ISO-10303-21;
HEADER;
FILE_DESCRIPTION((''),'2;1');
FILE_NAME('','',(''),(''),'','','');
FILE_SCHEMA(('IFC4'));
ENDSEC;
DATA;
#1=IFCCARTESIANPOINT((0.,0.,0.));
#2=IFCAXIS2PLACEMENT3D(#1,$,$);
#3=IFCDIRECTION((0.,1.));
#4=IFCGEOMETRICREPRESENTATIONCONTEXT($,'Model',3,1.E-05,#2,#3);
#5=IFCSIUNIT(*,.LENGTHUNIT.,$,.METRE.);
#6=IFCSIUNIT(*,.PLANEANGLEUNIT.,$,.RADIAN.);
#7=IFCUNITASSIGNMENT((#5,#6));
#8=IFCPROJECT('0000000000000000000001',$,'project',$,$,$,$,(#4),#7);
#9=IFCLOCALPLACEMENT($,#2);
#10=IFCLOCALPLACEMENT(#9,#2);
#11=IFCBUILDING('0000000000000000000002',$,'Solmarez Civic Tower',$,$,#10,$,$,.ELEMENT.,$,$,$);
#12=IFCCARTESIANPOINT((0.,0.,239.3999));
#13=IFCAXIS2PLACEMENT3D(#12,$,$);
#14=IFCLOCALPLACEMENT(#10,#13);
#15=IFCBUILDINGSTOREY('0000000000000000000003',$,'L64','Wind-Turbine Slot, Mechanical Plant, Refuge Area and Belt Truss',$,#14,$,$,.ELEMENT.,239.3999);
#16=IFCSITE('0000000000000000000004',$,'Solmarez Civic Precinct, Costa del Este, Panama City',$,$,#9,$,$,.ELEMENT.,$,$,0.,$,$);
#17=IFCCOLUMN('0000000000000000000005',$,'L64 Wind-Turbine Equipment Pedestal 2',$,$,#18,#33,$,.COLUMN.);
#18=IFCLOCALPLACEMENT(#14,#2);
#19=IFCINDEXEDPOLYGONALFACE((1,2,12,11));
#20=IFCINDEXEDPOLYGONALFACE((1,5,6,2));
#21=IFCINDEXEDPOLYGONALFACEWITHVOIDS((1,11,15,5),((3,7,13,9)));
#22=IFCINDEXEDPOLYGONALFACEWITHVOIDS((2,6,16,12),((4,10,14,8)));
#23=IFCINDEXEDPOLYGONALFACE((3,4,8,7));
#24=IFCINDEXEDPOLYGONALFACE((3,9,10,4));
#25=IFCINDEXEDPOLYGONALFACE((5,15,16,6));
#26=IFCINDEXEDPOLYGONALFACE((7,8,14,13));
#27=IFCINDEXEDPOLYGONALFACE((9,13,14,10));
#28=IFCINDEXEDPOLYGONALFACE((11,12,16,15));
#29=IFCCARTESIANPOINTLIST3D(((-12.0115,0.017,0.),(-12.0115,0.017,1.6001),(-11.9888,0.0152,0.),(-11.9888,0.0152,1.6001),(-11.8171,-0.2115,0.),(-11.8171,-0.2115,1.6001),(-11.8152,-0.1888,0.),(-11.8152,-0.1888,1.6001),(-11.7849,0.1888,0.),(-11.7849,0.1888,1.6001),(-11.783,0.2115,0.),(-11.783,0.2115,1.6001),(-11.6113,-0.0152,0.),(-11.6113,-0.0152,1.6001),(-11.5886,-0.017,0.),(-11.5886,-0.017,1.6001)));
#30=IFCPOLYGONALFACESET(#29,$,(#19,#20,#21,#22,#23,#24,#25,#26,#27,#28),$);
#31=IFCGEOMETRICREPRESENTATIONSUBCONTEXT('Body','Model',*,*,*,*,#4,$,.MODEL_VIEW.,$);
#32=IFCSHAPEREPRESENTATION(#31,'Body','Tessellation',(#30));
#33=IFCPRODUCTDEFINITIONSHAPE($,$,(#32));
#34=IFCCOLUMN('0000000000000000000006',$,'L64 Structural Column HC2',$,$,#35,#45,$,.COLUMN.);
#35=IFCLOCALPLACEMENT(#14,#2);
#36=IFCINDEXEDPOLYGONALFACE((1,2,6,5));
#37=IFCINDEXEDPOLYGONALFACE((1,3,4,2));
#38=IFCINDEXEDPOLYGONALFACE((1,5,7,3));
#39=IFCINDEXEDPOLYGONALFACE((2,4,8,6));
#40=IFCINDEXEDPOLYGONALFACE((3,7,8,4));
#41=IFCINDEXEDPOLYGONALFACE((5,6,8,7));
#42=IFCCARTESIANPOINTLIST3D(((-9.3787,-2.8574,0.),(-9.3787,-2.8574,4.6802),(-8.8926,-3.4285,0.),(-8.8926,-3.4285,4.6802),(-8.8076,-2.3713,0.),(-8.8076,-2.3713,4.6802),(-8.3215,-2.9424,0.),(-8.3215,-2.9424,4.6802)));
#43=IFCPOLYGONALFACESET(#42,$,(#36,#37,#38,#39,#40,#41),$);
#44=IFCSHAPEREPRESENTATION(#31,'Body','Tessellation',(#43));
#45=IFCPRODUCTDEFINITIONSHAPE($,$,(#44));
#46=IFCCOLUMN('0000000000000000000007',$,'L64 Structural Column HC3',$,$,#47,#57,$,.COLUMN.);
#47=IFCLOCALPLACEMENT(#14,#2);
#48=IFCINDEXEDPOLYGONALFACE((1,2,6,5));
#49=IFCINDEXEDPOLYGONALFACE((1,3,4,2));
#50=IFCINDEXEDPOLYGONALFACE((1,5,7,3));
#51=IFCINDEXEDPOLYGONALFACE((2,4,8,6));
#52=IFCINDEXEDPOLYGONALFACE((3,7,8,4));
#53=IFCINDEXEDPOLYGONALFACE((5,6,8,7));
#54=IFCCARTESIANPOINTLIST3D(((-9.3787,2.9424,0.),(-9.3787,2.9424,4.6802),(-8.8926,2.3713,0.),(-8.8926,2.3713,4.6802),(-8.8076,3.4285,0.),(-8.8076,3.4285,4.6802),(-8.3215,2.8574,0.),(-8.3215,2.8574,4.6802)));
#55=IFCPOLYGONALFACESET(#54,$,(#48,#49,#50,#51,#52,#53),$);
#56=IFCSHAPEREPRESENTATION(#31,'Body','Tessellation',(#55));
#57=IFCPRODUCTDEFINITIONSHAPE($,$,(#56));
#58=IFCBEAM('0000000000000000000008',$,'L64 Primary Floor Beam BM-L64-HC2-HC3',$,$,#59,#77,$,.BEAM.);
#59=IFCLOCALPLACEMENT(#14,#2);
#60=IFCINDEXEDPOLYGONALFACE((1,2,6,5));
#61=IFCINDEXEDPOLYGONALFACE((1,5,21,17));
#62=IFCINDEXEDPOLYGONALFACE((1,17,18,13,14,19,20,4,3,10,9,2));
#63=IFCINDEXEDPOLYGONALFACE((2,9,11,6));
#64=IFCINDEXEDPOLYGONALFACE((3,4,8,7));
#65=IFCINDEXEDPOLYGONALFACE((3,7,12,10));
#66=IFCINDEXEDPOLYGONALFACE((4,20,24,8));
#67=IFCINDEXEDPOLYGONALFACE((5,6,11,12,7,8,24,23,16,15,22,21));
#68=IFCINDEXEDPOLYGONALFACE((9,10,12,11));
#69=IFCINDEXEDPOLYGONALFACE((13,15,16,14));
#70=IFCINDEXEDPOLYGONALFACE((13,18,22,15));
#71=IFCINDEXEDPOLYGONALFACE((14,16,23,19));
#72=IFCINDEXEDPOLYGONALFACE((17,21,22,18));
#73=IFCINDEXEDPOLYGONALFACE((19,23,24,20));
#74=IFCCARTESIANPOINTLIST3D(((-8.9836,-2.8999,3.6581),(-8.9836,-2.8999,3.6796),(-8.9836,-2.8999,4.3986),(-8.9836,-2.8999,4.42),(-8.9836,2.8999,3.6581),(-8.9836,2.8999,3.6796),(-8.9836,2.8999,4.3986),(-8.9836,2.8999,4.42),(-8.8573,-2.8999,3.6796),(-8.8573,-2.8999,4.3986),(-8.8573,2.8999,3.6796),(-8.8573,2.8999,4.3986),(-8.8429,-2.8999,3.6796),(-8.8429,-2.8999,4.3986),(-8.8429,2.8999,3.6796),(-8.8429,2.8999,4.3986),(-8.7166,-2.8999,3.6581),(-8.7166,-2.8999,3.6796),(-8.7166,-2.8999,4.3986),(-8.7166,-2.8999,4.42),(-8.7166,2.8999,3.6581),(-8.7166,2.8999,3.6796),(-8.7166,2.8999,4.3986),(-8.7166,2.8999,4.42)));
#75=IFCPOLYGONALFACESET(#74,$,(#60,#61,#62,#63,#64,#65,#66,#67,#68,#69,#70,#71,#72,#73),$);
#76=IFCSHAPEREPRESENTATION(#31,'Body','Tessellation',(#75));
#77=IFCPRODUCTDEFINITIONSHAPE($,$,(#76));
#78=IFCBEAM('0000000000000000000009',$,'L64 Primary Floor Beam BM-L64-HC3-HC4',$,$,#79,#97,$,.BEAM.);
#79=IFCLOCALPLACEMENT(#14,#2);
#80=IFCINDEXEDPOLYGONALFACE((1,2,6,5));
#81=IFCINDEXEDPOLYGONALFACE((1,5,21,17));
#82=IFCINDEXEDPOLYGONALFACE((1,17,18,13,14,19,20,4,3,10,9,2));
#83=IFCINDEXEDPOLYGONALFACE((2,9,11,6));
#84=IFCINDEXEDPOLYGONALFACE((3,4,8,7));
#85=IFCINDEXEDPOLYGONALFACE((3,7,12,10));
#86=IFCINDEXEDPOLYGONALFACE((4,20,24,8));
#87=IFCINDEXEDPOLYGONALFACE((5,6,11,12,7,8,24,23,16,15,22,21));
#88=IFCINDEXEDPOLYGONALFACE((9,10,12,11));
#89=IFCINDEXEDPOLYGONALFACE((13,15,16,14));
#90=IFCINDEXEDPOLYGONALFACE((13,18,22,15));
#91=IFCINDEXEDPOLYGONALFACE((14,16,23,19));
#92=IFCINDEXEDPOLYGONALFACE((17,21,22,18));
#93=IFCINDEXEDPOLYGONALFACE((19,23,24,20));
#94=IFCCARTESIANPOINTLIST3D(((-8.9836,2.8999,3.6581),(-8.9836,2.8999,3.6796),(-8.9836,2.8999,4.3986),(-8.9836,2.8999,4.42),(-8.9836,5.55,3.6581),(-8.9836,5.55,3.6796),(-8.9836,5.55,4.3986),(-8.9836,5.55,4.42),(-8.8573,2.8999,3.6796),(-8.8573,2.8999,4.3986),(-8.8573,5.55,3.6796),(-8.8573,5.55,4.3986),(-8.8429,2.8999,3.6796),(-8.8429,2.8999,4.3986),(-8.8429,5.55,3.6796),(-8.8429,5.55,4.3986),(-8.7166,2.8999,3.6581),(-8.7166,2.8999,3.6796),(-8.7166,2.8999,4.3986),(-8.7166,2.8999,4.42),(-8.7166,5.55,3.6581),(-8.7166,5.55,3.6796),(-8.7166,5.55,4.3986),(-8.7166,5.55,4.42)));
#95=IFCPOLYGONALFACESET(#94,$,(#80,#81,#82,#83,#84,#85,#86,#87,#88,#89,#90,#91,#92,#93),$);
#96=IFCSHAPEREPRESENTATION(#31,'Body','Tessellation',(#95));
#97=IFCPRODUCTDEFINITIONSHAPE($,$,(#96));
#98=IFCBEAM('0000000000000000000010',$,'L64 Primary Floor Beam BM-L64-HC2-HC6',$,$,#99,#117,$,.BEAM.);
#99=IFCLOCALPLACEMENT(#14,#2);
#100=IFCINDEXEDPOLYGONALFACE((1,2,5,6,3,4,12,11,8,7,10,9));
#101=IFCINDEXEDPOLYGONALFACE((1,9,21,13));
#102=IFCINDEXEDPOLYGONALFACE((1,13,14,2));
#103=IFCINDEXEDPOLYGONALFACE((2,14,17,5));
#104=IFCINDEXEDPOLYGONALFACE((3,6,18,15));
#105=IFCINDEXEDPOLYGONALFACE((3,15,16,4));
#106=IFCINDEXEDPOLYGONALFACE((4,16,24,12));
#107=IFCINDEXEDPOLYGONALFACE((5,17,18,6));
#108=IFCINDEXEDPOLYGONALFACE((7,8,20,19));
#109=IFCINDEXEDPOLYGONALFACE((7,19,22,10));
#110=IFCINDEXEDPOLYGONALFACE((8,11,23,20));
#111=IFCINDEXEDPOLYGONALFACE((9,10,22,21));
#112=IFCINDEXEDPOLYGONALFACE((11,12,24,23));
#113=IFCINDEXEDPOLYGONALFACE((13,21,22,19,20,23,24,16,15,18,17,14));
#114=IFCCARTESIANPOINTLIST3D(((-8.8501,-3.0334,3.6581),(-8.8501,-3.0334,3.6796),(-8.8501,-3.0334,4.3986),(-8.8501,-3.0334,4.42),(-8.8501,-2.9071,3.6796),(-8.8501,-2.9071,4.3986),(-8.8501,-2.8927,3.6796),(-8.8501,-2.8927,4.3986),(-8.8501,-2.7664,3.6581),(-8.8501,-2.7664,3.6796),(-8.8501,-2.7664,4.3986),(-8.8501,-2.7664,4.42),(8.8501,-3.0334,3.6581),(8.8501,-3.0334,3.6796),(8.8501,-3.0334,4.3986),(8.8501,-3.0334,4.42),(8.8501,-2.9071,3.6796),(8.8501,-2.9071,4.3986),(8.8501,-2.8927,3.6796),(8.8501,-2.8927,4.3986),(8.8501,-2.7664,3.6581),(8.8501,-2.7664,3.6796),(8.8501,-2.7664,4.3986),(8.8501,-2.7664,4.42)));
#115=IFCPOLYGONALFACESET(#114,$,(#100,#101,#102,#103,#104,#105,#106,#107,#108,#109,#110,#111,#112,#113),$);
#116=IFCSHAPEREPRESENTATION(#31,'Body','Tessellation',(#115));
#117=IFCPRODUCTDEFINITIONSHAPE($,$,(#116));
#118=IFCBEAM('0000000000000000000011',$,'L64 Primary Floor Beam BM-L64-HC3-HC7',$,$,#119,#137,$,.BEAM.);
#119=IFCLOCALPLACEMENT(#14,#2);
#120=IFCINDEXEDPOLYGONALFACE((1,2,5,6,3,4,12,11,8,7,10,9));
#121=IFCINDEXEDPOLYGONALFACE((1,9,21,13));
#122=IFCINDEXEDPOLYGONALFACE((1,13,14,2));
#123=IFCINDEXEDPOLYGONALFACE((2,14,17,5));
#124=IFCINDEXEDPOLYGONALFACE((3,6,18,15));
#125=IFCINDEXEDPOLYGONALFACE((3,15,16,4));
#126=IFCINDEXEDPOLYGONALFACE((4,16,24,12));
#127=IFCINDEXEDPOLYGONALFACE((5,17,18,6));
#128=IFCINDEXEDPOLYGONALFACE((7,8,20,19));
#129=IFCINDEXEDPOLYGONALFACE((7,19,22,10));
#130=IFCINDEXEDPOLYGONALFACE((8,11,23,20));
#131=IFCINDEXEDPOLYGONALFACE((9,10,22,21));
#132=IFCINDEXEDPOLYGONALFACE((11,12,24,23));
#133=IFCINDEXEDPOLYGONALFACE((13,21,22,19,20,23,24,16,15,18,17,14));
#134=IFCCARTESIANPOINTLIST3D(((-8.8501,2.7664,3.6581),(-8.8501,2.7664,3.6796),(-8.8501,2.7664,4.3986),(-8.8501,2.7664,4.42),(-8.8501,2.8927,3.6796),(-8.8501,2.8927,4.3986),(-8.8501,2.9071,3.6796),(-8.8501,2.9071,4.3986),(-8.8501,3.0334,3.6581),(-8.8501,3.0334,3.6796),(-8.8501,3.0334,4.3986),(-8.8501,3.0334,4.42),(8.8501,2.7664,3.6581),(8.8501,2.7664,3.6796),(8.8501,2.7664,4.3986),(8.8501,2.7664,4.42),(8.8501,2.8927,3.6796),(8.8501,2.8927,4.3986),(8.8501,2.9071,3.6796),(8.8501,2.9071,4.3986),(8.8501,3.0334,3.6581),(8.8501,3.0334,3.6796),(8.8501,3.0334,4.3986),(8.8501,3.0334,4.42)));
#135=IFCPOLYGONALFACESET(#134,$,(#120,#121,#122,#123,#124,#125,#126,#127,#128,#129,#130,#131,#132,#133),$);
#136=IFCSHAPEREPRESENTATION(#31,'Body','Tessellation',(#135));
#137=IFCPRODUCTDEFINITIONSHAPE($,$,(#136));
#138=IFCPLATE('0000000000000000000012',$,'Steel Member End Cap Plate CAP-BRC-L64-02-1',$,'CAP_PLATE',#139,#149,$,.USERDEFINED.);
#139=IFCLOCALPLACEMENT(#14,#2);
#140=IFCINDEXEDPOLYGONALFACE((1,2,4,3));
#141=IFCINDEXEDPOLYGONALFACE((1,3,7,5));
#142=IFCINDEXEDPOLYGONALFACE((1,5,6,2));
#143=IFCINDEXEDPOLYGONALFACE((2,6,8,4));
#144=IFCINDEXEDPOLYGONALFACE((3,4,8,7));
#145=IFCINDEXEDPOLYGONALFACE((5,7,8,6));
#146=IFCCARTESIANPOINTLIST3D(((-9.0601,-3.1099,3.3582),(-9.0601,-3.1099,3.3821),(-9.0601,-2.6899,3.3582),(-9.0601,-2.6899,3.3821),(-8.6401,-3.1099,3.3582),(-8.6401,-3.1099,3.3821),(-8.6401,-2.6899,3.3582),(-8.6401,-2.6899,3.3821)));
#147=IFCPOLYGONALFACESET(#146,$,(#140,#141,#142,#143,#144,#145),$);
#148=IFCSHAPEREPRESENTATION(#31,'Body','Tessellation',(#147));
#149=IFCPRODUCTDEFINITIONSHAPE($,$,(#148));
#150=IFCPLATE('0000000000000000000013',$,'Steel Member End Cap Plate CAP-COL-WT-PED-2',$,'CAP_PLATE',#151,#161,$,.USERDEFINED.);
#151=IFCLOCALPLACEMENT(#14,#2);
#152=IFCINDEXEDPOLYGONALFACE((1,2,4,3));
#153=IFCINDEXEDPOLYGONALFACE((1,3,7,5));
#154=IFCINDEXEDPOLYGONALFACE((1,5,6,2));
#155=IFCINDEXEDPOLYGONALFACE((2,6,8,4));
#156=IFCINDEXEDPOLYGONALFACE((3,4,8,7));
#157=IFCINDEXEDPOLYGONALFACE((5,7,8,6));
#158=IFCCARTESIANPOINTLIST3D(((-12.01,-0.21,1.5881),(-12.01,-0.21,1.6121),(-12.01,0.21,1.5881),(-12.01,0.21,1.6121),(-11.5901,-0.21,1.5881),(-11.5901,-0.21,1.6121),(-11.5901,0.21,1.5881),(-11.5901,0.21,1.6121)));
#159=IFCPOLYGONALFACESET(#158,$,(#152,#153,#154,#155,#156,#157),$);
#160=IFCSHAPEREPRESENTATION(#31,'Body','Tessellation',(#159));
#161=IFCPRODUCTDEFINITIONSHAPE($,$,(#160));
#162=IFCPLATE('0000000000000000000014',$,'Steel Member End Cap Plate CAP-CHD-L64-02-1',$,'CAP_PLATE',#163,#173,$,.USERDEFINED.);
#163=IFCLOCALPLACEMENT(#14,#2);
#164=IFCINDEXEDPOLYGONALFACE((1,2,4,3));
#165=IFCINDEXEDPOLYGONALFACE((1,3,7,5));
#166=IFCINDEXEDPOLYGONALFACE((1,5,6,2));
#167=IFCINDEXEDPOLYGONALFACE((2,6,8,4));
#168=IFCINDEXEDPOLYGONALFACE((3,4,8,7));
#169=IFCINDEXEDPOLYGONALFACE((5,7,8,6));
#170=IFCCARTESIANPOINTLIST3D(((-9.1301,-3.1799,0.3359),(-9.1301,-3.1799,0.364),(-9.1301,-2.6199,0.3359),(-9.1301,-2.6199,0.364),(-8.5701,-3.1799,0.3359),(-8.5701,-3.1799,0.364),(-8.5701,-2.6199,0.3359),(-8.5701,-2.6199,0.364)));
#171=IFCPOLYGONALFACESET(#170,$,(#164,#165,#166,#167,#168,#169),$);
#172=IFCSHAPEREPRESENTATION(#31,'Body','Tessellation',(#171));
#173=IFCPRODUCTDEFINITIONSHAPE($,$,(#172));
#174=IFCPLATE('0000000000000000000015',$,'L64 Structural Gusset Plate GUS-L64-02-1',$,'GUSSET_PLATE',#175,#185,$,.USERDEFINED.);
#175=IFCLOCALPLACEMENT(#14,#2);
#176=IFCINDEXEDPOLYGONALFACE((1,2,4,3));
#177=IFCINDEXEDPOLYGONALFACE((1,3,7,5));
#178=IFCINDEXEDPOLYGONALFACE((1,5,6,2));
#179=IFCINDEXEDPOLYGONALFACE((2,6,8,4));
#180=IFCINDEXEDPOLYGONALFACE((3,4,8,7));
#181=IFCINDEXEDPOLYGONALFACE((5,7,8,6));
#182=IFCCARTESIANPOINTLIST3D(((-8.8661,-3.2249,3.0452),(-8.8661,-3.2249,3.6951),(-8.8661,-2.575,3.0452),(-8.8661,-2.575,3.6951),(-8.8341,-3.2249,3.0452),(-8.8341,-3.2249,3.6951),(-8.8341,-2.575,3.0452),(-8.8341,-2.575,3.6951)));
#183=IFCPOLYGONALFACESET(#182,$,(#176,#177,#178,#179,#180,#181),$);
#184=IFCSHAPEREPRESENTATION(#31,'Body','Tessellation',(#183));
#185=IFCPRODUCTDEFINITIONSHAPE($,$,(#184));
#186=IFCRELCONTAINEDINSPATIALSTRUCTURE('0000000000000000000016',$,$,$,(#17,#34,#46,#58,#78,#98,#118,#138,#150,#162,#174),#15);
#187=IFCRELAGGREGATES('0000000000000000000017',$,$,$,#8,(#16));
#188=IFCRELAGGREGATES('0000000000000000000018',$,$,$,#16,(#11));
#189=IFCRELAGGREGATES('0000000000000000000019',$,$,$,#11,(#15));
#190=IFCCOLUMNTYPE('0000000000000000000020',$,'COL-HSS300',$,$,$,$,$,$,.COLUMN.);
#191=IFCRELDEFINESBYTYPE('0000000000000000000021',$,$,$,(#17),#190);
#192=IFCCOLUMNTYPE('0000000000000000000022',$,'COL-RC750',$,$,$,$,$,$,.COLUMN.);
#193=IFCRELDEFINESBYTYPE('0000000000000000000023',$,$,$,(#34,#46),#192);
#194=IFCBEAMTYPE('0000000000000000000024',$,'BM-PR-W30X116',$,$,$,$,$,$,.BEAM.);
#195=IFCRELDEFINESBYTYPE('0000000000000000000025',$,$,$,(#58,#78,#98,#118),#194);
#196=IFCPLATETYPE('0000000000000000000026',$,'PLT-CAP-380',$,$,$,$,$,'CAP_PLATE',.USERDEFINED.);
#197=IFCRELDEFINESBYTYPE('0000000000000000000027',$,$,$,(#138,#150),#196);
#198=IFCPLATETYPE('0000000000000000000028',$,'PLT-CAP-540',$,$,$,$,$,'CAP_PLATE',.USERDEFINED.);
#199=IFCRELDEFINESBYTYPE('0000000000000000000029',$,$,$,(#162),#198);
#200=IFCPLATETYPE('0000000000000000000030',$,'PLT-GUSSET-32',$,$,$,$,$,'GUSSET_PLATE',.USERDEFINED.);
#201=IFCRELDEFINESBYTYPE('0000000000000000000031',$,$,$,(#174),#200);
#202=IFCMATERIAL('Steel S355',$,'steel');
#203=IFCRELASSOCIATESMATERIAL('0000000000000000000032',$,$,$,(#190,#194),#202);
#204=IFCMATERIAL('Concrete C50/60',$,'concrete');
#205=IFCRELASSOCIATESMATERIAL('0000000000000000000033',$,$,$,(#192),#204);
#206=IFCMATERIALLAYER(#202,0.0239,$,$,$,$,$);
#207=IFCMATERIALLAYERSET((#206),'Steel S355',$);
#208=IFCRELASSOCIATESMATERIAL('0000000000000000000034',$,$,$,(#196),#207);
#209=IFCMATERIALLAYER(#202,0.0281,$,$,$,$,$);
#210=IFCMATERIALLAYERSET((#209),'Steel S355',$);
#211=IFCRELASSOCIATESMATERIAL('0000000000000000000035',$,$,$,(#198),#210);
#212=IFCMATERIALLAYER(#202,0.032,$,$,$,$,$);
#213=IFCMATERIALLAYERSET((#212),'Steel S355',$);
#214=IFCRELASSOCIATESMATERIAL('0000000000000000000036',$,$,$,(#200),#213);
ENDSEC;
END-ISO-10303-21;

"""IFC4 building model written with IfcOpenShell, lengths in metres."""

from ifc_helpers import new_model, si_unit, direction, frame, origin, origin_2d, place, context, subcontext, project, spatial, rectangle, hollow_rectangle, i_section, extrude, material, layer, layer_set, material_profile, profile_set, type_object, element, save


model = new_model("IFC4")

# Units and contexts
model_context = context("Model", 3, precision=1e-05, world=origin(), true_north=direction((0.0, 1.0)))
body_context = subcontext(model_context, "Body", "Model", "MODEL_VIEW")
ifc_project = project(units=[si_unit("LENGTHUNIT", "METRE"), si_unit("PLANEANGLEUNIT", "RADIAN")], contexts=[model_context])

# Site, building, storey
site_placement = place(None, origin())
site = spatial("IfcSite", under=ifc_project, at=site_placement, Name="Solmarez Civic Precinct, Costa del Este, Panama City", CompositionType="ELEMENT", RefElevation=0.0)
building_placement = place(site_placement, origin())
building = spatial("IfcBuilding", under=site, at=building_placement, Name="Solmarez Civic Tower", CompositionType="ELEMENT")
storey_placement = place(building_placement, frame((0.0, 0.0, 239.3999)))
storey = spatial("IfcBuildingStorey", under=building, at=storey_placement, Name="L64", Description="Wind-Turbine Slot, Mechanical Plant, Refuge Area and Belt Truss", CompositionType="ELEMENT", Elevation=239.3999)

# Columns
ifc_material_1 = material(Name="Steel S355", Category="steel")
ifc_material_profile_1 = material_profile(ifc_material_1, hollow_rectangle(XDim=0.3, YDim=0.3, WallThickness=0.0161, at=origin_2d()), Name="HSS300X300X16")
ifc_profile_set_1 = profile_set([ifc_material_profile_1], Name="Steel S355")
column_type_1 = type_object("IfcColumnType", Name="COL-HSS300", PredefinedType="COLUMN", material=ifc_profile_set_1)
column_placement = place(storey_placement, frame((-11.8, 0.0, 0.0), z_axis=(0.0, 0.0, 1.0), x_axis=(0.761538, 0.64812, 0.0)))
element("IfcColumn", 1, at=column_placement, inside=storey, type_object=column_type_1, Name="L64 Wind-Turbine Equipment Pedestal 2", PredefinedType="COLUMN", context=body_context, shape_type="SweptSolid", body=[
    extrude(hollow_rectangle(XDim=0.3, YDim=0.3, WallThickness=0.0161, at=origin_2d()), origin(), (0.0, 0.0, 1.0), 1.6001),
])
ifc_material_2 = material(Name="Concrete C50/60", Category="concrete")
ifc_material_profile_2 = material_profile(ifc_material_2, rectangle(XDim=0.75, YDim=0.75, at=origin_2d()), Name="RC750X750")
ifc_profile_set_2 = profile_set([ifc_material_profile_2], Name="Concrete C50/60")
column_type_2 = type_object("IfcColumnType", Name="COL-RC750", PredefinedType="COLUMN", material=ifc_profile_set_2)
for number, where, z_axis, x_axis, name in (
    (2, (-8.8501, -2.8999, 0.0), (0.0, 0.0, 1.0), (0.761538, 0.64812, 0.0), "L64 Structural Column HC2"),
    (3, (-8.8501, 2.8999, 0.0), (0.0, 0.0, 1.0), (0.761538, 0.64812, 0.0), "L64 Structural Column HC3"),
):
    element("IfcColumn", number, at=place(storey_placement, frame(where, z_axis=z_axis, x_axis=x_axis)), inside=storey, type_object=column_type_2, Name=name, PredefinedType="COLUMN", context=body_context, shape_type="SweptSolid", body=[
        extrude(rectangle(XDim=0.75, YDim=0.75, at=origin_2d()), origin(), (0.0, 0.0, 1.0), 4.6802),
    ])

# Beams
ifc_material_profile_3 = material_profile(ifc_material_1, i_section(OverallWidth=0.2671, OverallDepth=0.762, WebThickness=0.0144, FlangeThickness=0.0215, at=origin_2d()), Name="W30X116")
ifc_profile_set_3 = profile_set([ifc_material_profile_3], Name="Steel S355")
beam_type = type_object("IfcBeamType", Name="BM-PR-W30X116", PredefinedType="BEAM", material=ifc_profile_set_3)
beam_1_placement = place(storey_placement, frame((-8.8501, -2.8999, 4.0391), z_axis=(0.0, 1.0, 0.0), x_axis=(-1.0, 0.0, 0.0)))
element("IfcBeam", 4, at=beam_1_placement, inside=storey, type_object=beam_type, Name="L64 Primary Floor Beam BM-L64-HC2-HC3", PredefinedType="BEAM", context=body_context, shape_type="SweptSolid", body=[
    extrude(i_section(OverallWidth=0.2671, OverallDepth=0.762, WebThickness=0.0144, FlangeThickness=0.0215, at=origin_2d()), origin(), (0.0, 0.0, 1.0), 5.7998),
])
beam_2_placement = place(storey_placement, frame((-8.8501, 2.8999, 4.0391), z_axis=(0.0, 1.0, 0.0), x_axis=(-1.0, 0.0, 0.0)))
element("IfcBeam", 5, at=beam_2_placement, inside=storey, type_object=beam_type, Name="L64 Primary Floor Beam BM-L64-HC3-HC4", PredefinedType="BEAM", context=body_context, shape_type="SweptSolid", body=[
    extrude(i_section(OverallWidth=0.2671, OverallDepth=0.762, WebThickness=0.0144, FlangeThickness=0.0215, at=origin_2d()), origin(), (0.0, 0.0, 1.0), 2.6501),
])
for number, where, z_axis, x_axis, name in (
    (6, (-8.8501, -2.8999, 4.0391), (1.0, 0.0, 0.0), (0.0, 1.0, 0.0), "L64 Primary Floor Beam BM-L64-HC2-HC6"),
    (7, (-8.8501, 2.8999, 4.0391), (1.0, 0.0, 0.0), (0.0, 1.0, 0.0), "L64 Primary Floor Beam BM-L64-HC3-HC7"),
):
    element("IfcBeam", number, at=place(storey_placement, frame(where, z_axis=z_axis, x_axis=x_axis)), inside=storey, type_object=beam_type, Name=name, PredefinedType="BEAM", context=body_context, shape_type="SweptSolid", body=[
        extrude(i_section(OverallWidth=0.2671, OverallDepth=0.762, WebThickness=0.0144, FlangeThickness=0.0215, at=origin_2d()), origin(), (0.0, 0.0, 1.0), 17.7002),
    ])

# Plates
ifc_layer_1 = layer(ifc_material_1, 0.0239)
ifc_layer_set_1 = layer_set([ifc_layer_1], Name="Steel S355")
plate_type_1 = type_object("IfcPlateType", Name="PLT-CAP-380", ElementType="CAP_PLATE", PredefinedType="USERDEFINED", material=ifc_layer_set_1)
for number, where, z_axis, x_axis, name in (
    (8, (-8.8501, -2.8999, 3.3582), (0.0, 0.0, 1.0), (1.0, 0.0, 0.0), "Steel Member End Cap Plate CAP-BRC-L64-02-1"),
    (9, (-11.8, 0.0, 1.5881), (0.0, 0.0, 1.0), (1.0, 0.0, 0.0), "Steel Member End Cap Plate CAP-COL-WT-PED-2"),
):
    element("IfcPlate", number, at=place(storey_placement, frame(where, z_axis=z_axis, x_axis=x_axis)), inside=storey, type_object=plate_type_1, Name=name, ObjectType="CAP_PLATE", PredefinedType="USERDEFINED", context=body_context, shape_type="SweptSolid", body=[
        extrude(rectangle(XDim=0.4199, YDim=0.4199, at=origin_2d()), origin(), (0.0, 0.0, 1.0), 0.0239),
    ])
ifc_layer_2 = layer(ifc_material_1, 0.0281)
ifc_layer_set_2 = layer_set([ifc_layer_2], Name="Steel S355")
plate_type_2 = type_object("IfcPlateType", Name="PLT-CAP-540", ElementType="CAP_PLATE", PredefinedType="USERDEFINED", material=ifc_layer_set_2)
plate_1_placement = place(storey_placement, frame((-8.8501, -2.8999, 0.3359), z_axis=(0.0, 0.0, 1.0), x_axis=(1.0, 0.0, 0.0)))
element("IfcPlate", 10, at=plate_1_placement, inside=storey, type_object=plate_type_2, Name="Steel Member End Cap Plate CAP-CHD-L64-02-1", ObjectType="CAP_PLATE", PredefinedType="USERDEFINED", context=body_context, shape_type="SweptSolid", body=[
    extrude(rectangle(XDim=0.5601, YDim=0.5601, at=origin_2d()), origin(), (0.0, 0.0, 1.0), 0.0281),
])
ifc_layer_3 = layer(ifc_material_1, 0.032)
ifc_layer_set_3 = layer_set([ifc_layer_3], Name="Steel S355")
plate_type_3 = type_object("IfcPlateType", Name="PLT-GUSSET-32", ElementType="GUSSET_PLATE", PredefinedType="USERDEFINED", material=ifc_layer_set_3)
plate_2_placement = place(storey_placement, frame((-8.8501, -2.8999, 3.0452), z_axis=(0.0, 0.0, 1.0), x_axis=(0.0, 1.0, 0.0)))
element("IfcPlate", 11, at=plate_2_placement, inside=storey, type_object=plate_type_3, Name="L64 Structural Gusset Plate GUS-L64-02-1", ObjectType="GUSSET_PLATE", PredefinedType="USERDEFINED", context=body_context, shape_type="SweptSolid", body=[
    extrude(rectangle(XDim=0.6499, YDim=0.032, at=origin_2d()), origin(), (0.0, 0.0, 1.0), 0.6499),
])

save(model, "model.ifc")
